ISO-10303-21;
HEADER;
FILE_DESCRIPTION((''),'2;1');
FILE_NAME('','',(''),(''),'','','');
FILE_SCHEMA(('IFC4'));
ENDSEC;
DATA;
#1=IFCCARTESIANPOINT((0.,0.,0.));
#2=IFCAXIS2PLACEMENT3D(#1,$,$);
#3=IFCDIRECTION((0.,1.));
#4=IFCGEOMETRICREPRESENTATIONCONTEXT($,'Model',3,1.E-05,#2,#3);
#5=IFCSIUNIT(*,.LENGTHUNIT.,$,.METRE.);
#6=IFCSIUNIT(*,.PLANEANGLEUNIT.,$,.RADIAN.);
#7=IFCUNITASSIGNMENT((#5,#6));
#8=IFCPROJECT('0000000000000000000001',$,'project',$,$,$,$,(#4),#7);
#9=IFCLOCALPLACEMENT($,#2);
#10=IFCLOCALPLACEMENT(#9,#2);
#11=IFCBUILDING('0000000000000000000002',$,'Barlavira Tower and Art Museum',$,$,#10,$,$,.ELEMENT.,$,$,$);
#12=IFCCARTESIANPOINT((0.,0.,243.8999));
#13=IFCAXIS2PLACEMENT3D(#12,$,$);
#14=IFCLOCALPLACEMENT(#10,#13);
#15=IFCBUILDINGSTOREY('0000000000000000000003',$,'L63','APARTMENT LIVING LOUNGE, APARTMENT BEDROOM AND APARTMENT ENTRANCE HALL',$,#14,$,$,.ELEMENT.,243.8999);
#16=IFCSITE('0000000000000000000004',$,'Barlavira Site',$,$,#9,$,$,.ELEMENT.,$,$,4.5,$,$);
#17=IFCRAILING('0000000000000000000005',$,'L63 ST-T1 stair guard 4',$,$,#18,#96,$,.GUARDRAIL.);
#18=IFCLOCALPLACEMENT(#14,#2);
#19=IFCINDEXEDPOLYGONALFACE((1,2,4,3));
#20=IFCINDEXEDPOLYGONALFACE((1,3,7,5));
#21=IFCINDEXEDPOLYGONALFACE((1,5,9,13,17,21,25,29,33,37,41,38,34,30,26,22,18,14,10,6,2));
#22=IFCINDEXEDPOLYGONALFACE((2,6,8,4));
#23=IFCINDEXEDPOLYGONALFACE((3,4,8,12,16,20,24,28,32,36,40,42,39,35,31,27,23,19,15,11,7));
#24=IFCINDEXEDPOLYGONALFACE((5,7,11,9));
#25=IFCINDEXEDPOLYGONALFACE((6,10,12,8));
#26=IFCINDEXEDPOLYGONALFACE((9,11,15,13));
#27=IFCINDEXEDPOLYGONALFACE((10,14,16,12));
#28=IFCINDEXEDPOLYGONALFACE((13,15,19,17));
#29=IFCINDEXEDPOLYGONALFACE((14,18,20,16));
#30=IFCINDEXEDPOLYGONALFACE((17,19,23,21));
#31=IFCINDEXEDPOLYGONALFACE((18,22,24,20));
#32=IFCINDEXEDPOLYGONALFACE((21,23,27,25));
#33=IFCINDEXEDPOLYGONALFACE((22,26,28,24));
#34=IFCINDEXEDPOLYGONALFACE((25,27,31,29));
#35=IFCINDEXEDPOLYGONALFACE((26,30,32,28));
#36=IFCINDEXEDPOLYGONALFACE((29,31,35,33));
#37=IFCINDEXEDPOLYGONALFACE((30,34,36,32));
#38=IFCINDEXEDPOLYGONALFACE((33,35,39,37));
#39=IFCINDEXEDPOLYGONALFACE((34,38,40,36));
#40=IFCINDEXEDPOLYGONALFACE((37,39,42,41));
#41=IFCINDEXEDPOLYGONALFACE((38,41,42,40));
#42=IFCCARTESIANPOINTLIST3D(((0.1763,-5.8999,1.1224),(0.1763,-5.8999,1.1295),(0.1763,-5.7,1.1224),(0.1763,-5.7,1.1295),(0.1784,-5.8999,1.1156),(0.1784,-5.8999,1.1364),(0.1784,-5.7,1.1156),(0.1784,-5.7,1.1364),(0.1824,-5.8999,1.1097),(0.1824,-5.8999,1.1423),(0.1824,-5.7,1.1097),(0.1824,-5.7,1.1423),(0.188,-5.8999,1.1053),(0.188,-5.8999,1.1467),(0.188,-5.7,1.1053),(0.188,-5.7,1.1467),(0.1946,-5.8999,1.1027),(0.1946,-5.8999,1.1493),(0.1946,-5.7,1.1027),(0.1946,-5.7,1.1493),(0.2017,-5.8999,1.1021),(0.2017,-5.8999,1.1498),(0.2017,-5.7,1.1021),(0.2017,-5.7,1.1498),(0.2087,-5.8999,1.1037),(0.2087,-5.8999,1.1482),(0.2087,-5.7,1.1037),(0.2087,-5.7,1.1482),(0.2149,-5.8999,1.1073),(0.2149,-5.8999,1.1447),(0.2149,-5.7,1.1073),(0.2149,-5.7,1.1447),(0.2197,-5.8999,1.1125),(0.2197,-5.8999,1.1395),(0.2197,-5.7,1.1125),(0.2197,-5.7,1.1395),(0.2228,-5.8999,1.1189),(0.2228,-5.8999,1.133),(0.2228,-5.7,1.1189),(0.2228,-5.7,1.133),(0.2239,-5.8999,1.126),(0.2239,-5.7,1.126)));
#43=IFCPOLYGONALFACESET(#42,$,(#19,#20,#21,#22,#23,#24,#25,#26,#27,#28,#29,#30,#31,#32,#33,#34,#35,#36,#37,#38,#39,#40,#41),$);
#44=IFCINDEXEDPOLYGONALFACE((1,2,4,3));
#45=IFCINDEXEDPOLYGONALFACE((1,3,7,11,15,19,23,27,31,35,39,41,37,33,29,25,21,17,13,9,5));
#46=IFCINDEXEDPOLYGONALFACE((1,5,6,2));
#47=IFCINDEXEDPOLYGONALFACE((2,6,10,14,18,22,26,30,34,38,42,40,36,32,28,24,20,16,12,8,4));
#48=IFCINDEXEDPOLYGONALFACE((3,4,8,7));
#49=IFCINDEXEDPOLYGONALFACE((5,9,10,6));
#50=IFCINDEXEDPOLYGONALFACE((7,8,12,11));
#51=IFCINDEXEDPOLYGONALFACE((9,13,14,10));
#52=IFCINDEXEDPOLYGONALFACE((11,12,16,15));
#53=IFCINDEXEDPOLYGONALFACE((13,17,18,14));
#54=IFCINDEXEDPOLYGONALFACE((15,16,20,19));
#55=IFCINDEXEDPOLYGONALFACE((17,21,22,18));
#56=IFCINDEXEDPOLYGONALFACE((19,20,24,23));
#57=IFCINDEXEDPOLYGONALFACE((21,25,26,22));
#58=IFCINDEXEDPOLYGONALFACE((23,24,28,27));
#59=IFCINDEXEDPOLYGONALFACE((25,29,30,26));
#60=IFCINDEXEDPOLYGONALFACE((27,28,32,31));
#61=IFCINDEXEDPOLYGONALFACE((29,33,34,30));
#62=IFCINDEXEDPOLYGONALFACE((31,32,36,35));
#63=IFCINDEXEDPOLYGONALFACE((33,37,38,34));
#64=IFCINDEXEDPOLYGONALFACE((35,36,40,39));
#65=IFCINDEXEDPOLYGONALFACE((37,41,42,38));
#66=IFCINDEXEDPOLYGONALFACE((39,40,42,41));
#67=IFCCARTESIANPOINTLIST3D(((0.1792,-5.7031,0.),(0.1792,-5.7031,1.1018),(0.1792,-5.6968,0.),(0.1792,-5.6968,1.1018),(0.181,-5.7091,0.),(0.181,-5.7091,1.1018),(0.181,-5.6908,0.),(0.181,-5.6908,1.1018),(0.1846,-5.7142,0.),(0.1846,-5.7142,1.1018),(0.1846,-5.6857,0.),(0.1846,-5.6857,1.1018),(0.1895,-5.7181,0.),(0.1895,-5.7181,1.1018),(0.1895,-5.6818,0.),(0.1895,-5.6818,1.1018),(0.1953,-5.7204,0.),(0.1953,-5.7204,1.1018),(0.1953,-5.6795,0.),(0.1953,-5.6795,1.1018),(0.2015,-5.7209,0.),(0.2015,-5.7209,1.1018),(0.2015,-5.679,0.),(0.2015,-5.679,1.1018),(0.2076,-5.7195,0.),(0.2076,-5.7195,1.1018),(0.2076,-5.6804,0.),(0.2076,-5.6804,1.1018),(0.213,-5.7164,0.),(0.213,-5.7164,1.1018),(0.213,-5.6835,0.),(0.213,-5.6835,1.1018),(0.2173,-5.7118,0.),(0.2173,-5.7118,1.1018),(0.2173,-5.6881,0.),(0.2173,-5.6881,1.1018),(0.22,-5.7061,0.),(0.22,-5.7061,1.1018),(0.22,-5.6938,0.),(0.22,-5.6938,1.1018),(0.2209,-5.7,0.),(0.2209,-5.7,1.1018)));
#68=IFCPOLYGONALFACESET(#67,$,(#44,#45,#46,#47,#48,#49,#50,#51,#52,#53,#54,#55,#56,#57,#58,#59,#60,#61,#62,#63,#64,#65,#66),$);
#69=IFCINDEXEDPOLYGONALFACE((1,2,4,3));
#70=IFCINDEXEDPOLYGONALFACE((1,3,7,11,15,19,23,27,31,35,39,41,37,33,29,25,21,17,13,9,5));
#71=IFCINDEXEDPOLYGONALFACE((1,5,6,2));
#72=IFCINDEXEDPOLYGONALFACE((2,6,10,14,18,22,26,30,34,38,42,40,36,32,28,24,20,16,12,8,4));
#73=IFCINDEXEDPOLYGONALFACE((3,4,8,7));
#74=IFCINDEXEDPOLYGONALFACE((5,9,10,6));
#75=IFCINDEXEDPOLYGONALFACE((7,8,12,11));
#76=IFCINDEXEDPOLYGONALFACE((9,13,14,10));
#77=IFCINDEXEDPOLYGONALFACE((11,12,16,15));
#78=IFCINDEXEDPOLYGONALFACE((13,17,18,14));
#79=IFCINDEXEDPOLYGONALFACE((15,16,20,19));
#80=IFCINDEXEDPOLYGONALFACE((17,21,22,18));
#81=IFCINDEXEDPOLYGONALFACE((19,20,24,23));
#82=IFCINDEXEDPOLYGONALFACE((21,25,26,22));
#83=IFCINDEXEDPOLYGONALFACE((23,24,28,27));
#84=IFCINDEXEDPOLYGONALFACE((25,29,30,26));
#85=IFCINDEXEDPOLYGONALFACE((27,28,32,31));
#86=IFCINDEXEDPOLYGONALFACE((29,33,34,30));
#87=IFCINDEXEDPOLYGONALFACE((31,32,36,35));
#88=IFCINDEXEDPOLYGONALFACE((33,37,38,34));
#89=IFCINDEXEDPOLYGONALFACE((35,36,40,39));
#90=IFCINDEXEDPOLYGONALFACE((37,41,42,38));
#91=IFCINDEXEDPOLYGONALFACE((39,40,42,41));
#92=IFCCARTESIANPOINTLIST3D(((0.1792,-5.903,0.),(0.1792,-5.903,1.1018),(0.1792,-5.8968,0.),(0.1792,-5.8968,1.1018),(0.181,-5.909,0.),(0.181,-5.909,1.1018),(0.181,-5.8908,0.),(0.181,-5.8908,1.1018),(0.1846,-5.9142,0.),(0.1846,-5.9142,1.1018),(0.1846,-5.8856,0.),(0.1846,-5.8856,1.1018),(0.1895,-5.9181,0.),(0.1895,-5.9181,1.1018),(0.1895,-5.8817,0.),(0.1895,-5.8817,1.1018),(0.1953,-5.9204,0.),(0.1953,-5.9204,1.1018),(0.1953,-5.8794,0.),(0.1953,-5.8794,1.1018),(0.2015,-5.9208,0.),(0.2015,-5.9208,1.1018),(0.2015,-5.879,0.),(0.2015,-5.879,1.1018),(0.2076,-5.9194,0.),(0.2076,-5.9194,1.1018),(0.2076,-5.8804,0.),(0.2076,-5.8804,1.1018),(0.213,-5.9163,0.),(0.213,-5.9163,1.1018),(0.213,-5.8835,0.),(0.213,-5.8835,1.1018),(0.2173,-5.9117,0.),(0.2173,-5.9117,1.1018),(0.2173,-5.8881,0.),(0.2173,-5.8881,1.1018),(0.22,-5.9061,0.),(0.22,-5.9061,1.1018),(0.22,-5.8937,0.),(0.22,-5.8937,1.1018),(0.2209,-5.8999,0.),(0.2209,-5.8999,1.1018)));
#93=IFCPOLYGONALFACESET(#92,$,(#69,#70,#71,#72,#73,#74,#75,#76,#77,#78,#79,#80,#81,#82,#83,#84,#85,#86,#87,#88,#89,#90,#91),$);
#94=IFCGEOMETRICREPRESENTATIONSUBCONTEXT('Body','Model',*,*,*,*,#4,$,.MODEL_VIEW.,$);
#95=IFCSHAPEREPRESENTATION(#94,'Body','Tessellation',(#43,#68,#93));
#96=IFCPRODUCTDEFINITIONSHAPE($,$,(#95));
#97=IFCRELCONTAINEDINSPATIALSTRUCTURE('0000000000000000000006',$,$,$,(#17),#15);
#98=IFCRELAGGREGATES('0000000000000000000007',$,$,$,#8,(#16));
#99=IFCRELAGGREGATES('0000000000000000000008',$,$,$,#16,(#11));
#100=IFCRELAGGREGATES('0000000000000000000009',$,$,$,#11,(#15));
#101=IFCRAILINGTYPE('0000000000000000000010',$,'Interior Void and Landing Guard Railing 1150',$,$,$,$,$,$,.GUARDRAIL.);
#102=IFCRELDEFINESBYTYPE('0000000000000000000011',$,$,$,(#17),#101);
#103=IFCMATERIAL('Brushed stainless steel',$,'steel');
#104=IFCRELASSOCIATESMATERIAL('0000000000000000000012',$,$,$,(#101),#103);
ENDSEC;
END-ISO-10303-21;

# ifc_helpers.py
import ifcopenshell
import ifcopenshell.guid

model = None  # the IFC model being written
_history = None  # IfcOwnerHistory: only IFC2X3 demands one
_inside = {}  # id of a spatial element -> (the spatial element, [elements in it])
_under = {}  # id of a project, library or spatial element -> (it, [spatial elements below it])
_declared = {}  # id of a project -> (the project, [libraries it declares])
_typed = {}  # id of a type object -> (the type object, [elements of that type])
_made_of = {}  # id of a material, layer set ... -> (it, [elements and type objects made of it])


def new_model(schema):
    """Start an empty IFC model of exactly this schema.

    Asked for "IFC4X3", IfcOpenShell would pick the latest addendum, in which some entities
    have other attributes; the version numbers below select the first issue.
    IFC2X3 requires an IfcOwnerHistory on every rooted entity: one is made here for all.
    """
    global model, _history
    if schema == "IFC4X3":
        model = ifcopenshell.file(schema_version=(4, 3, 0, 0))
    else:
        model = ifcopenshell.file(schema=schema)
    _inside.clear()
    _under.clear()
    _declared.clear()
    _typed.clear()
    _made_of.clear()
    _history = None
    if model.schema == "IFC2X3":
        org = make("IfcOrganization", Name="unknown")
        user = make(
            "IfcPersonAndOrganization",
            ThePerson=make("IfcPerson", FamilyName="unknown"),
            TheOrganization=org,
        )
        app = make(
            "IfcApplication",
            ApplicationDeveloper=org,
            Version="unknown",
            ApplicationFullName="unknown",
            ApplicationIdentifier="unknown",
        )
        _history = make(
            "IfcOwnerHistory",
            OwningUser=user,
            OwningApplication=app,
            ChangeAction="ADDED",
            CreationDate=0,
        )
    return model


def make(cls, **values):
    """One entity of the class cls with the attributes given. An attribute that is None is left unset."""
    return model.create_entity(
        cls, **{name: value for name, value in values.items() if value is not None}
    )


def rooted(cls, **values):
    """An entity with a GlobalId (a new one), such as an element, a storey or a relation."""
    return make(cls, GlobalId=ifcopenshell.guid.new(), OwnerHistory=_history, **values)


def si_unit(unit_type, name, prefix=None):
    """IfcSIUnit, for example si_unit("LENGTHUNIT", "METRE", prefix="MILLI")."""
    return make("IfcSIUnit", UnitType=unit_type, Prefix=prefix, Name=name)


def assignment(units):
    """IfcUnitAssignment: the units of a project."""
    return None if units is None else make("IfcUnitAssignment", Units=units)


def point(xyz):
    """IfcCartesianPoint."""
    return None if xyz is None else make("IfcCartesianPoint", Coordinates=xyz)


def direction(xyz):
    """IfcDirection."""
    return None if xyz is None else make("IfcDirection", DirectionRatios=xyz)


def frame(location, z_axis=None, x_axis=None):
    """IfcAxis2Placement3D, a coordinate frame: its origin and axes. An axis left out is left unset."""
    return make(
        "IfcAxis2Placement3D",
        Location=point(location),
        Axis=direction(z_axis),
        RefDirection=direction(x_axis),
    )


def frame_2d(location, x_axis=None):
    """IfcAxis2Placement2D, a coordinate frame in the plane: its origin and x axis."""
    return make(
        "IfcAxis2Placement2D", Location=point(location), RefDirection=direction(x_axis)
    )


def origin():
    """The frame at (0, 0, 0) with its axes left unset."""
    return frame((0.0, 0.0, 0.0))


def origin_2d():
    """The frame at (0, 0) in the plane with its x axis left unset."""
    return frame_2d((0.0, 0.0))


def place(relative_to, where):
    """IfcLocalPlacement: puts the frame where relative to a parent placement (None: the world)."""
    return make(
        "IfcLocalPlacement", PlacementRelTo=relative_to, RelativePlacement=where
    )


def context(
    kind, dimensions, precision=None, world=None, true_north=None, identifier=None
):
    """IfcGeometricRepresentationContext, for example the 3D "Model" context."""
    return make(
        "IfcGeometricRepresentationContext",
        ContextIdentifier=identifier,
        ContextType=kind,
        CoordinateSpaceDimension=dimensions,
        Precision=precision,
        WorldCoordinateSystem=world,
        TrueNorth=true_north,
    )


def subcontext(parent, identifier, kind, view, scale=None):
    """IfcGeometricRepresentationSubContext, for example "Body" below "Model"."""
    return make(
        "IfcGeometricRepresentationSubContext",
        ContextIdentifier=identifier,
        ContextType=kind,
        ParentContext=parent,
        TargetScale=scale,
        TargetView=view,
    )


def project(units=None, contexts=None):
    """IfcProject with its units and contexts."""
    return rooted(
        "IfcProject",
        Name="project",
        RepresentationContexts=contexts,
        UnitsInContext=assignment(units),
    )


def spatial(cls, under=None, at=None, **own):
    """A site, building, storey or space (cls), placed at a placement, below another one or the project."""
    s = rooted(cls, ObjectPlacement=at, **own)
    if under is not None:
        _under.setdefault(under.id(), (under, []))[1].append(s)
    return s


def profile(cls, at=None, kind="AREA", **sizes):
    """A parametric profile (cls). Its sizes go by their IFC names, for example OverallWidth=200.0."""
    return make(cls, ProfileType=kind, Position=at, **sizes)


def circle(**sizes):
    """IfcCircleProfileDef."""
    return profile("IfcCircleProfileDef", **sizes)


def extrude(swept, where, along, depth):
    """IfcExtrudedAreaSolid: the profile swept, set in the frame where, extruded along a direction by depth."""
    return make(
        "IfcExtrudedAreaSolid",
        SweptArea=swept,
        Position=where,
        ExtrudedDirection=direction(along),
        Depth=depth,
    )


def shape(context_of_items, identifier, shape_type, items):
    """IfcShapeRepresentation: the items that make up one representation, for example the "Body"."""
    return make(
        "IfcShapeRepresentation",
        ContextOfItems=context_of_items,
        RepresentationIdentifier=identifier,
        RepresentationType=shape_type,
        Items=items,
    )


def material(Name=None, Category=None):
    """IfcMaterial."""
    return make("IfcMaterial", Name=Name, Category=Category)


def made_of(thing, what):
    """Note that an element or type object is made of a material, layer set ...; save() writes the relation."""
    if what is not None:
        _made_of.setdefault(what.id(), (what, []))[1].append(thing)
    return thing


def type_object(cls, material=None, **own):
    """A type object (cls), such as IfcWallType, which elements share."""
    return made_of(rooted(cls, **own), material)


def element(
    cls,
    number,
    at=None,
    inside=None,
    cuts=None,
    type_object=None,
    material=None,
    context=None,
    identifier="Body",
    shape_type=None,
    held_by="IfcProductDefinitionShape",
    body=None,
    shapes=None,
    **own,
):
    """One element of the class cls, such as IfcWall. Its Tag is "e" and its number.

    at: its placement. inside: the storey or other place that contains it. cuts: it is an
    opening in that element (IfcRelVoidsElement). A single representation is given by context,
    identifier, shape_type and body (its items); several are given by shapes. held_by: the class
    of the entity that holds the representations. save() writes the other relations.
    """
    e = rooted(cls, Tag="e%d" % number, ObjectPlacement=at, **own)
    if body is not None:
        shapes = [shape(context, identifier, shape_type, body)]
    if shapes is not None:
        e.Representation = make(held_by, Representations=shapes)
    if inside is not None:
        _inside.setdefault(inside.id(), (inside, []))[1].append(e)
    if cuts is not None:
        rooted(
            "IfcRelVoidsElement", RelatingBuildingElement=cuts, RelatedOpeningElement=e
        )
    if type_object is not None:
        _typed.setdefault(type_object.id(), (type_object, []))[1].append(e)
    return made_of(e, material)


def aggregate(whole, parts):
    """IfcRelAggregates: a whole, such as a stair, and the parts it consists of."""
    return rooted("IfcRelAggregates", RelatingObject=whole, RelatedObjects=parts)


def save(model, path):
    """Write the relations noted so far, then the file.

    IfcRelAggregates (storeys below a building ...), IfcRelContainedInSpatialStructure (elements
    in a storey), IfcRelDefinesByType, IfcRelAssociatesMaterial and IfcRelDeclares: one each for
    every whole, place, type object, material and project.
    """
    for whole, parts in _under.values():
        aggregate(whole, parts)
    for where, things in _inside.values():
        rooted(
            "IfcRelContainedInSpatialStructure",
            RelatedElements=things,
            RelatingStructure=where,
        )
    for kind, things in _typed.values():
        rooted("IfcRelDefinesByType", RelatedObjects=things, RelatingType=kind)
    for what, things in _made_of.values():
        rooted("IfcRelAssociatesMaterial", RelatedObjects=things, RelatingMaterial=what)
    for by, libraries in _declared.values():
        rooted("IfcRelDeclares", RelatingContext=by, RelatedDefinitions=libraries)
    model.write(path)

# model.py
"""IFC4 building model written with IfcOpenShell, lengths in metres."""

from ifc_helpers import new_model, si_unit, direction, frame, origin, origin_2d, place, context, subcontext, project, spatial, circle, extrude, material, type_object, element, save


model = new_model("IFC4")

# Units and contexts
model_context = context("Model", 3, precision=1e-05, world=origin(), true_north=direction((0.0, 1.0)))
body_context = subcontext(model_context, "Body", "Model", "MODEL_VIEW")
ifc_project = project(units=[si_unit("LENGTHUNIT", "METRE"), si_unit("PLANEANGLEUNIT", "RADIAN")], contexts=[model_context])

# Site, building, storey
site_placement = place(None, origin())
site = spatial("IfcSite", under=ifc_project, at=site_placement, Name="Barlavira Site", CompositionType="ELEMENT", RefElevation=4.5)
building_placement = place(site_placement, origin())
building = spatial("IfcBuilding", under=site, at=building_placement, Name="Barlavira Tower and Art Museum", CompositionType="ELEMENT")
storey_placement = place(building_placement, frame((0.0, 0.0, 243.8999)))
storey = spatial("IfcBuildingStorey", under=building, at=storey_placement, Name="L63", Description="APARTMENT LIVING LOUNGE, APARTMENT BEDROOM AND APARTMENT ENTRANCE HALL", CompositionType="ELEMENT", Elevation=243.8999)

# Shared definitions
ifc_material_1 = material(Name="Brushed stainless steel", Category="steel")

# Railing
railing_type_1 = type_object("IfcRailingType", Name="Interior Void and Landing Guard Railing 1150", PredefinedType="GUARDRAIL", material=ifc_material_1)
railing_1_placement = place(storey_placement, frame((0.2, -5.7, 0.0)))
element("IfcRailing", 1, at=railing_1_placement, inside=storey, type_object=railing_type_1, Name="L63 ST-T1 stair guard 4", PredefinedType="GUARDRAIL", context=body_context, shape_type="SweptSolid", body=[
    extrude(circle(Radius=0.0239, at=origin_2d()), frame((0.0, 0.0, 1.126), z_axis=(0.0, -1.0, 0.0), x_axis=(1.0, 0.0, 0.0)), (0.0, 0.0, 1.0), 0.2),
    extrude(circle(Radius=0.021, at=origin_2d()), origin(), (0.0, 0.0, 1.0), 1.1018),
    extrude(circle(Radius=0.021, at=origin_2d()), frame((0.0, -0.2, 0.0)), (0.0, 0.0, 1.0), 1.1018),
])

save(model, "model.ifc")
